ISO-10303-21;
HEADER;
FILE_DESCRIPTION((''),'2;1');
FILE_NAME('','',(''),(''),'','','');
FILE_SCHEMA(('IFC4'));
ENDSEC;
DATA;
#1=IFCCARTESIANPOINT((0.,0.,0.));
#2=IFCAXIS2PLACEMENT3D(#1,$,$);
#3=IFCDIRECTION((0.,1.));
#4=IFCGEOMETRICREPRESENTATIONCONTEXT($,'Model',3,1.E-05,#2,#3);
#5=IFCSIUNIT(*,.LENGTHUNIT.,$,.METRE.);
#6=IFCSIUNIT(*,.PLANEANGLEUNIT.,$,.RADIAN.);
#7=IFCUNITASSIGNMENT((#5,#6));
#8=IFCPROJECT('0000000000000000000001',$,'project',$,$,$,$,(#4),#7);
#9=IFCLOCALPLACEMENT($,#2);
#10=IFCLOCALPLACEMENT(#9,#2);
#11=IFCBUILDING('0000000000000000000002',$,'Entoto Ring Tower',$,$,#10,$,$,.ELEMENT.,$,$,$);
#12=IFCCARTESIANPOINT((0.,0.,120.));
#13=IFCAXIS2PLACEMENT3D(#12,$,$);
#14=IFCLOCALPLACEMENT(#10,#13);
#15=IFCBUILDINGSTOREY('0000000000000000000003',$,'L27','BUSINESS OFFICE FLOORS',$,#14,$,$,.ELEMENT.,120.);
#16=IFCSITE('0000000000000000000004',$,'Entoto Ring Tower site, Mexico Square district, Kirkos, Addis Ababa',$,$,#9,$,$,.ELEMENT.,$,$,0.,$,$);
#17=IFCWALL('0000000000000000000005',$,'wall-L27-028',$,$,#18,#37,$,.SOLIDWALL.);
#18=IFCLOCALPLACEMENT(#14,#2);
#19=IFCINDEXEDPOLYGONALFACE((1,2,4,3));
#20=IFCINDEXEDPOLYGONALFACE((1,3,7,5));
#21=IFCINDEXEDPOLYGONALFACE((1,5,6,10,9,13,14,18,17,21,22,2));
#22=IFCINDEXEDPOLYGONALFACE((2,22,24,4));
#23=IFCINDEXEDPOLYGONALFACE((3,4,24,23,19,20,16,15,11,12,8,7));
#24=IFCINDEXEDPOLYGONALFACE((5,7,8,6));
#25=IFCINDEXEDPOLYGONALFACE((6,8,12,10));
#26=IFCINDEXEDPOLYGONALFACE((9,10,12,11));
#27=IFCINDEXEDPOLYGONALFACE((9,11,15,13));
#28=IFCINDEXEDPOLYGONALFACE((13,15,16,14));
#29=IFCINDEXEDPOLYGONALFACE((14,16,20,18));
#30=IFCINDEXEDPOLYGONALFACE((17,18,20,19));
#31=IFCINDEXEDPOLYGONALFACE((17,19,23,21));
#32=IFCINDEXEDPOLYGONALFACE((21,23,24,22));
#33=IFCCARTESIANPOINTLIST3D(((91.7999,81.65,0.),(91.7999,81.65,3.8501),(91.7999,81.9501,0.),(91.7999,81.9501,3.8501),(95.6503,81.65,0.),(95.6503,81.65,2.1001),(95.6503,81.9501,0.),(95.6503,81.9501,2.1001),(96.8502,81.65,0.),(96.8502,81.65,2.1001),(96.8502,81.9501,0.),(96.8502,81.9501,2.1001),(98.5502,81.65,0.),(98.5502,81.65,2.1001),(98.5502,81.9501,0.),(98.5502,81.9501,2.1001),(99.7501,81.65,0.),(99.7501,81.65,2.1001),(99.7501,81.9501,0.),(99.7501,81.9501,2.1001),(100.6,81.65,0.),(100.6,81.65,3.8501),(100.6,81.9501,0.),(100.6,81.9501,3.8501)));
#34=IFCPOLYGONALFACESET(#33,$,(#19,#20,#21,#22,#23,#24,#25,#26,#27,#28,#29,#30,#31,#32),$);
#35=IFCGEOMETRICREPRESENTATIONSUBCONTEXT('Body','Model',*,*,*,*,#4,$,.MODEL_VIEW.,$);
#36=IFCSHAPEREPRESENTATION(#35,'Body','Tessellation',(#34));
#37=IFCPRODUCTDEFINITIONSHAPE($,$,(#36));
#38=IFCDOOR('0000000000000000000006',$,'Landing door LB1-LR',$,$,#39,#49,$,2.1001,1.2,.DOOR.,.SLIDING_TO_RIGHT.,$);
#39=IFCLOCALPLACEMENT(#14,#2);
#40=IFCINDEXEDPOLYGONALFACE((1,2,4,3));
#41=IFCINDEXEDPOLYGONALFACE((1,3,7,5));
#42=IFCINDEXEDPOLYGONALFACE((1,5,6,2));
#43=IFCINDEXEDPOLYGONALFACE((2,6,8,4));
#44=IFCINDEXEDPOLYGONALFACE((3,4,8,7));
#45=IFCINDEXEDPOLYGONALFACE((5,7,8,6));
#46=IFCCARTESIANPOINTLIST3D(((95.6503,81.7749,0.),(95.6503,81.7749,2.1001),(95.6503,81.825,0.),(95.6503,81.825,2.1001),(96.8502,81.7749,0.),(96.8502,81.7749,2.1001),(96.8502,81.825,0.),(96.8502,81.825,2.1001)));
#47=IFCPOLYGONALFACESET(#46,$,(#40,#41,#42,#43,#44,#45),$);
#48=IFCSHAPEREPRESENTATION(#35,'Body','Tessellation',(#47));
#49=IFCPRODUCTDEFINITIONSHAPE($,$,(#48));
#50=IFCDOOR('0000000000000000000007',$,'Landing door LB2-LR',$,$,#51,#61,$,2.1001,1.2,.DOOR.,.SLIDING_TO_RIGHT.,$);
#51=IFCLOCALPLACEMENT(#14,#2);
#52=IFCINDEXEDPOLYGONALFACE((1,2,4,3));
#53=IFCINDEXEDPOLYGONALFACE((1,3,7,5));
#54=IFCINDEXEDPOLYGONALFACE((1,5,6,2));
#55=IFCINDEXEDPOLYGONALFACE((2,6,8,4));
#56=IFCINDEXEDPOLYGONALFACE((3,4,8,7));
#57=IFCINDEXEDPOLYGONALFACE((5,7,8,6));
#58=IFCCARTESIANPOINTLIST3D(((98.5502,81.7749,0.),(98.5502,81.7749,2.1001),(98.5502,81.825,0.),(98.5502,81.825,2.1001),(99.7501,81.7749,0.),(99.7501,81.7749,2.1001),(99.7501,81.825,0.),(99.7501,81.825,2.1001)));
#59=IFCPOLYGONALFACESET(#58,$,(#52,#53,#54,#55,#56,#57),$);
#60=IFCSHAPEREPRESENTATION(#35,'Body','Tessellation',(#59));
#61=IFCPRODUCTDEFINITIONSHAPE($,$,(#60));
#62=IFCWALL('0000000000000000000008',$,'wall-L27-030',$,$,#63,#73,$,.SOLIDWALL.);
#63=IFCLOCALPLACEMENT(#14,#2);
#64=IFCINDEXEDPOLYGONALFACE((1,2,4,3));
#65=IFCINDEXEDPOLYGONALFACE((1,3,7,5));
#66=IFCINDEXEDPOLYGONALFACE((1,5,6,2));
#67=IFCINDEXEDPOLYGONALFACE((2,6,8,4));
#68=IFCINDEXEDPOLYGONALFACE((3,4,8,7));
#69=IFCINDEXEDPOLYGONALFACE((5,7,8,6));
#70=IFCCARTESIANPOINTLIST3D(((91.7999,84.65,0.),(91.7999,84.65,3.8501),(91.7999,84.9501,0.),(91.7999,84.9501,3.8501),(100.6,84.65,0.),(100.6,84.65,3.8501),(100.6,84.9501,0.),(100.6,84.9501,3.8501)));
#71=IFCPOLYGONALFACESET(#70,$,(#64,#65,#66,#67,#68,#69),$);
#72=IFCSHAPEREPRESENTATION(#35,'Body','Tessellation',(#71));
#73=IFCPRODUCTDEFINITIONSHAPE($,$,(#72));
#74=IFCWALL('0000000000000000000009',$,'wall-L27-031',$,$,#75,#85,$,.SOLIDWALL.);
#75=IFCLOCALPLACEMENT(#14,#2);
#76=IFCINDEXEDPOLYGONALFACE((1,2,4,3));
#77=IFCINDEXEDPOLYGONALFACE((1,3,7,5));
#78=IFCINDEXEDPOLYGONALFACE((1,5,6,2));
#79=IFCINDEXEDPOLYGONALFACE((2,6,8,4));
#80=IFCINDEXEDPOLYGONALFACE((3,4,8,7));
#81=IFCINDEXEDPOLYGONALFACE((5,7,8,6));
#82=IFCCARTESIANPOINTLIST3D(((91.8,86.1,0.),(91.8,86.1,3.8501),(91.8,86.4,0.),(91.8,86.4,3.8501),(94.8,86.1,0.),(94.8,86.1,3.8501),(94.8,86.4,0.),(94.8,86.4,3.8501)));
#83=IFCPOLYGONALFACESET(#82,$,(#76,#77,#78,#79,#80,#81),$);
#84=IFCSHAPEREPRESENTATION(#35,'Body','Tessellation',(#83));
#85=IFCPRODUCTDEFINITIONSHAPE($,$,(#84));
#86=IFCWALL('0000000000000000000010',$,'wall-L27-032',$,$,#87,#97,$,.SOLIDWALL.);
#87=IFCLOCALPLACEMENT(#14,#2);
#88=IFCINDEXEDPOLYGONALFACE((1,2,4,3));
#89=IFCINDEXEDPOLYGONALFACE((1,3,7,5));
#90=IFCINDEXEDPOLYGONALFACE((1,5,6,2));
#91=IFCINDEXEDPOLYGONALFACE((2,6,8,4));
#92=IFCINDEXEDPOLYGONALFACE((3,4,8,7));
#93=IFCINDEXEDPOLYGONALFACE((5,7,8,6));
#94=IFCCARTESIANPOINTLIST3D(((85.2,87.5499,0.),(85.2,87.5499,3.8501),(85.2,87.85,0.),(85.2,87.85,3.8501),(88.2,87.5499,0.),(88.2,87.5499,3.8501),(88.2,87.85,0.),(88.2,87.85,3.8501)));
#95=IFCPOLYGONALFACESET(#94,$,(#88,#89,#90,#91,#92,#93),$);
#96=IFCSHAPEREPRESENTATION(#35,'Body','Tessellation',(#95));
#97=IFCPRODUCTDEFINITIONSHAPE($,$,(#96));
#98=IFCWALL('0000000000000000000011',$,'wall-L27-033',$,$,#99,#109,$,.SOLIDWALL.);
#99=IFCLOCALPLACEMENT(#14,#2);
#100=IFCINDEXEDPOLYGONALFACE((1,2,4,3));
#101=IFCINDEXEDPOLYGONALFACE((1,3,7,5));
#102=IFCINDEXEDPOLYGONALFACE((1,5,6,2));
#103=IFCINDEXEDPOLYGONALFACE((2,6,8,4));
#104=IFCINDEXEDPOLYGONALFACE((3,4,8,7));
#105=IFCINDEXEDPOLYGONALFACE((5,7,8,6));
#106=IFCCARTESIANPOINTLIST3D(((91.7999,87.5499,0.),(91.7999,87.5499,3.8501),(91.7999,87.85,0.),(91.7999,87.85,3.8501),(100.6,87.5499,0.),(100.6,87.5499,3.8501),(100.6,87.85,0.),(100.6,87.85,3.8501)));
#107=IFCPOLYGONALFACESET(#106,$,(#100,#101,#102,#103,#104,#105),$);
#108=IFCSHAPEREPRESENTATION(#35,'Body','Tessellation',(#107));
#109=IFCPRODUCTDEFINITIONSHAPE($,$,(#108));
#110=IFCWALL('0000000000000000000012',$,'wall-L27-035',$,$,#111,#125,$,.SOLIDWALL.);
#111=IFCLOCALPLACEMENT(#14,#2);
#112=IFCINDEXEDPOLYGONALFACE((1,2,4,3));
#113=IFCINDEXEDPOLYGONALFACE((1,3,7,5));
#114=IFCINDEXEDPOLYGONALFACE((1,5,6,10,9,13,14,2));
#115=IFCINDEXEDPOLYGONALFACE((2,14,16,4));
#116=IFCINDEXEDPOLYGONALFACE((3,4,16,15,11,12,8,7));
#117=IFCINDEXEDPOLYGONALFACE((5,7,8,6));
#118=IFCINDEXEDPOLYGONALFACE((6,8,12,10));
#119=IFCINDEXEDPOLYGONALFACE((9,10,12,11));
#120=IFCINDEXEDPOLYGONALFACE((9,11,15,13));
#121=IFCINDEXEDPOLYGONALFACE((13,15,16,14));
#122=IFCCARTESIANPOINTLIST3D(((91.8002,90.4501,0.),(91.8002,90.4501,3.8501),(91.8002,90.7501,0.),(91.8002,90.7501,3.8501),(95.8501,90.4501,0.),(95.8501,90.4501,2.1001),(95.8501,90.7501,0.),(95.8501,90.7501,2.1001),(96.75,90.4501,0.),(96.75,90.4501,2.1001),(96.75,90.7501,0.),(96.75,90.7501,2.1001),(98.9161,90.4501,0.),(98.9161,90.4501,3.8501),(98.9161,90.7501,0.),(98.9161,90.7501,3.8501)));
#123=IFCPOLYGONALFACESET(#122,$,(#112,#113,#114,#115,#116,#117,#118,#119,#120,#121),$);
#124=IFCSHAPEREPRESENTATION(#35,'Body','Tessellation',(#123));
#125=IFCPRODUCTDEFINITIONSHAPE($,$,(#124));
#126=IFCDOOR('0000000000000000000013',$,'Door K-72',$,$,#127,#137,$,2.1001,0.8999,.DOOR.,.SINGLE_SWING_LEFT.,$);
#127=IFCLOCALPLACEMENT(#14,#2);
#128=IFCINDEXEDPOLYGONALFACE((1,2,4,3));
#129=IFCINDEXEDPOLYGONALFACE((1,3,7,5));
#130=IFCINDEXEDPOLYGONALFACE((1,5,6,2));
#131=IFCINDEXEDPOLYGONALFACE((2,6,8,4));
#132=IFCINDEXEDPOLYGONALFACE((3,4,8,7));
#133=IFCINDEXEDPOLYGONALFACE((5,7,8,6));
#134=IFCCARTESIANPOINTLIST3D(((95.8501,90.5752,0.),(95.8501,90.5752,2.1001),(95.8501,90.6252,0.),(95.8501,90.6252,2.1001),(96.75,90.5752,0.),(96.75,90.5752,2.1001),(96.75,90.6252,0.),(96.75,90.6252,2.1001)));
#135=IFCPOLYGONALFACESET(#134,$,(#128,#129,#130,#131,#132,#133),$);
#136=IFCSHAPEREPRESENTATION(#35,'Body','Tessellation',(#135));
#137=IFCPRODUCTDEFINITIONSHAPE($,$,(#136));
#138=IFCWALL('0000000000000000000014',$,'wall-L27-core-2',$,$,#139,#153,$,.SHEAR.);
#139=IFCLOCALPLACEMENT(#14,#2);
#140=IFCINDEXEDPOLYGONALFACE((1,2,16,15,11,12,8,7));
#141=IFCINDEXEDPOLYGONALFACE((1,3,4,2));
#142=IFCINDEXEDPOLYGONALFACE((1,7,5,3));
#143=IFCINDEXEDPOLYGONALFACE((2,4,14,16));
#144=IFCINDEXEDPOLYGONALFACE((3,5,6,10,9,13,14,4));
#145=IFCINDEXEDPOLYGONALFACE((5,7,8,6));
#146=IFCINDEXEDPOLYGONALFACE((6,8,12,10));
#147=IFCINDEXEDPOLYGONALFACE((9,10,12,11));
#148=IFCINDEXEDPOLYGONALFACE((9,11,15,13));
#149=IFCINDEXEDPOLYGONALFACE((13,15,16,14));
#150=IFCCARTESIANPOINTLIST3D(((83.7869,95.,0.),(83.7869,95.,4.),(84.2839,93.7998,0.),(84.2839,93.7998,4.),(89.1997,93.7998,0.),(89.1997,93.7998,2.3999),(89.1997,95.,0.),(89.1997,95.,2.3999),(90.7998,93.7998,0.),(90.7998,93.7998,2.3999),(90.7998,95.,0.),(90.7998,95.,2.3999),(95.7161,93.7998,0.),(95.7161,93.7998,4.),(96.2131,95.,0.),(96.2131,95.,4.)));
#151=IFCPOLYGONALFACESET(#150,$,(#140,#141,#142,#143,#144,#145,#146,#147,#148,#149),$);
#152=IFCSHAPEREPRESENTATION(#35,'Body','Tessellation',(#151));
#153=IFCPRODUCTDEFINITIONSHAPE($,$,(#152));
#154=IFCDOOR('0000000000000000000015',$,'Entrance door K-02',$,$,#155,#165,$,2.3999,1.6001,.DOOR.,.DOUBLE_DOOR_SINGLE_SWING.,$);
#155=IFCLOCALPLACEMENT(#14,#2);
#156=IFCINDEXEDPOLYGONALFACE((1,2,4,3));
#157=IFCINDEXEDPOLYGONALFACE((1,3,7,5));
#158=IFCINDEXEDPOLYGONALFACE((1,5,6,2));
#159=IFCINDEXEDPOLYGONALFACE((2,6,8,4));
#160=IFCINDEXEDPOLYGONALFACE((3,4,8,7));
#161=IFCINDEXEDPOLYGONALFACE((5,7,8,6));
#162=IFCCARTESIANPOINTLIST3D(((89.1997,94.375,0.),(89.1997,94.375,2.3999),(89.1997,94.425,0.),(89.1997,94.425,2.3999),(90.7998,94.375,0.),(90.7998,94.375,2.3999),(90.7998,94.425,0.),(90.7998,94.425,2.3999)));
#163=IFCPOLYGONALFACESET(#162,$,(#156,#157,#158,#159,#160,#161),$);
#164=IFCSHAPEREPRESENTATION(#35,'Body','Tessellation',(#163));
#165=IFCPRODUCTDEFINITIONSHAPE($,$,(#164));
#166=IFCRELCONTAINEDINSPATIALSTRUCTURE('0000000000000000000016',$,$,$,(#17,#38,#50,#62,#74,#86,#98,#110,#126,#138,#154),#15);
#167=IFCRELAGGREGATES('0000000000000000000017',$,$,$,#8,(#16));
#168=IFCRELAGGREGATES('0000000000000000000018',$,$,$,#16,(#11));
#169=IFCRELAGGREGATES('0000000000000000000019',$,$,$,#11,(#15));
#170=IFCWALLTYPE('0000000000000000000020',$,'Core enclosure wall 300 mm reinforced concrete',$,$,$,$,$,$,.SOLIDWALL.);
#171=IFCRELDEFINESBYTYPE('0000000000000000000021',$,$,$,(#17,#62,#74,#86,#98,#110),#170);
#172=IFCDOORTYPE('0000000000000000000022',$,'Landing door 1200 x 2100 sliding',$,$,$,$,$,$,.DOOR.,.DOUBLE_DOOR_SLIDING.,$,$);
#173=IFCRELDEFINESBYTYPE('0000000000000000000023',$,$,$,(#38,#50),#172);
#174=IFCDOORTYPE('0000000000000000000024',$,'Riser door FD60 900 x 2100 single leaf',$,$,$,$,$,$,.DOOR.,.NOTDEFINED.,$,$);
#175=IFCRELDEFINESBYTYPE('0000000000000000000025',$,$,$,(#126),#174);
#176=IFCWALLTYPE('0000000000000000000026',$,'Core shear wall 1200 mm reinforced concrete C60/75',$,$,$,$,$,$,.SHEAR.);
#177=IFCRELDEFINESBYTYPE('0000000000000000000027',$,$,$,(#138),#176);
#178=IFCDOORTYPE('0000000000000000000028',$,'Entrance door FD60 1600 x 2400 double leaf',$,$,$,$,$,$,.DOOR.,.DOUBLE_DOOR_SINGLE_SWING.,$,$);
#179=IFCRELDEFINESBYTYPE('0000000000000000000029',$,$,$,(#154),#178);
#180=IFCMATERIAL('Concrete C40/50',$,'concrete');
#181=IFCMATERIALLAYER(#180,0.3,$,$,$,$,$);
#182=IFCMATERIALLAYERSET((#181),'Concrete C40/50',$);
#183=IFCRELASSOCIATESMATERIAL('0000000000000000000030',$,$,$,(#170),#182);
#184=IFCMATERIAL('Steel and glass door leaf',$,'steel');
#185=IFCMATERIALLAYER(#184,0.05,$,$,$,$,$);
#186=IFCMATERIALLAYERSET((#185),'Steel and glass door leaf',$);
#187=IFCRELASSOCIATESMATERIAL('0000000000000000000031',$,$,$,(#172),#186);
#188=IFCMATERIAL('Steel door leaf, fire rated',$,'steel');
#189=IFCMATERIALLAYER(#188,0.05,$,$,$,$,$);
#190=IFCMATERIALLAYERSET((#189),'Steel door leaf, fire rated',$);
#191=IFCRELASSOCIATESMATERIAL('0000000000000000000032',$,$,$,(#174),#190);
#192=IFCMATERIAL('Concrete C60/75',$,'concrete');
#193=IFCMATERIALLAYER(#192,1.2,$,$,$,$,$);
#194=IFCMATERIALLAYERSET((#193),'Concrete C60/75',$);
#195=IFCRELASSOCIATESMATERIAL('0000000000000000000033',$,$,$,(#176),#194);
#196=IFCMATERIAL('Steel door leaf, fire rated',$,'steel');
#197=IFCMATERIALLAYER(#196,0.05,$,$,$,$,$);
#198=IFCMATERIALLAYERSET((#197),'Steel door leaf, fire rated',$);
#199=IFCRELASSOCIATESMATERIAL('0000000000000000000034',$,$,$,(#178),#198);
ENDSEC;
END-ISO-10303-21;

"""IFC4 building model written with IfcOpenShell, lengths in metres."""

from ifc_helpers import new_model, si_unit, direction, frame, frame_2d, origin, place, context, subcontext, project, spatial, polyline, rectangle, outline, extrude, material, layer, layer_set, type_object, element, fill, save


model = new_model("IFC4")

# Units and contexts
model_context = context("Model", 3, precision=1e-05, world=origin(), true_north=direction((0.0, 1.0)))
body_context = subcontext(model_context, "Body", "Model", "MODEL_VIEW")
ifc_project = project(units=[si_unit("LENGTHUNIT", "METRE"), si_unit("PLANEANGLEUNIT", "RADIAN")], contexts=[model_context])

# Site, building, storey
site_placement = place(None, origin())
site = spatial("IfcSite", under=ifc_project, at=site_placement, Name="Entoto Ring Tower site, Mexico Square district, Kirkos, Addis Ababa", CompositionType="ELEMENT", RefElevation=0.0)
building_placement = place(site_placement, origin())
building = spatial("IfcBuilding", under=site, at=building_placement, Name="Entoto Ring Tower", CompositionType="ELEMENT")
storey_placement = place(building_placement, frame((0.0, 0.0, 120.0)))
storey = spatial("IfcBuildingStorey", under=building, at=storey_placement, Name="L27", Description="BUSINESS OFFICE FLOORS", CompositionType="ELEMENT", Elevation=120.0)

# Shared definitions
ifc_material_1 = material(Name="Concrete C40/50", Category="concrete")
ifc_layer_1 = layer(ifc_material_1, 0.3)
ifc_layer_set_1 = layer_set([ifc_layer_1], Name="Concrete C40/50")
wall_type_1 = type_object("IfcWallType", Name="Core enclosure wall 300 mm reinforced concrete", PredefinedType="SOLIDWALL", material=ifc_layer_set_1)

# Wall, openings, doors
wall_1_placement = place(storey_placement, frame((91.8, 81.8, 0.0), z_axis=(0.0, 0.0, 1.0), x_axis=(1.0, 0.0, 0.0)))
wall_1 = element("IfcWall", 1, at=wall_1_placement, inside=storey, type_object=wall_type_1, Name="wall-L27-028", PredefinedType="SOLIDWALL", context=body_context, shape_type="SweptSolid", body=[
    extrude(rectangle(XDim=8.8, YDim=0.3, at=frame_2d((4.3999, 0.0))), origin(), (0.0, 0.0, 1.0), 3.8501),
])
opening_1_placement = place(wall_1_placement, frame((3.8501, 0.0, 0.0)))
opening_1 = element("IfcOpeningElement", 2, at=opening_1_placement, cuts=wall_1, PredefinedType="OPENING", context=body_context, shape_type="SweptSolid", body=[
    extrude(rectangle(XDim=1.2, YDim=2.1001, at=frame_2d((0.6001, 1.05))), frame((0.0, 0.1602, 0.0), z_axis=(0.0, -1.0, 0.0), x_axis=(1.0, 0.0, 0.0)), (0.0, 0.0, 1.0), 0.3201),
])
opening_2_placement = place(wall_1_placement, frame((6.75, 0.0, 0.0)))
opening_2 = element("IfcOpeningElement", 3, at=opening_2_placement, cuts=wall_1, PredefinedType="OPENING", context=body_context, shape_type="SweptSolid", body=[
    extrude(rectangle(XDim=1.2, YDim=2.1001, at=frame_2d((0.6001, 1.05))), frame((0.0, 0.1602, 0.0), z_axis=(0.0, -1.0, 0.0), x_axis=(1.0, 0.0, 0.0)), (0.0, 0.0, 1.0), 0.3201),
])
ifc_material_2 = material(Name="Steel and glass door leaf", Category="steel")
ifc_layer_2 = layer(ifc_material_2, 0.05)
ifc_layer_set_2 = layer_set([ifc_layer_2], Name="Steel and glass door leaf")
door_type_1 = type_object("IfcDoorType", Name="Landing door 1200 x 2100 sliding", OperationType="DOUBLE_DOOR_SLIDING", PredefinedType="DOOR", material=ifc_layer_set_2)
door_1_placement = place(opening_1_placement, origin())
door_1 = element("IfcDoor", 4, at=door_1_placement, inside=storey, type_object=door_type_1, Name="Landing door LB1-LR", OperationType="SLIDING_TO_RIGHT", OverallHeight=2.1001, OverallWidth=1.2, PredefinedType="DOOR", context=body_context, shape_type="SweptSolid", body=[
    extrude(rectangle(XDim=1.2, YDim=2.1001, at=frame_2d((0.6001, 1.05))), frame((0.0, 0.0249, 0.0), z_axis=(0.0, -1.0, 0.0), x_axis=(1.0, 0.0, 0.0)), (0.0, 0.0, 1.0), 0.05),
])
fill(opening_1, door_1)
door_2_placement = place(opening_2_placement, origin())
door_2 = element("IfcDoor", 5, at=door_2_placement, inside=storey, type_object=door_type_1, Name="Landing door LB2-LR", OperationType="SLIDING_TO_RIGHT", OverallHeight=2.1001, OverallWidth=1.2, PredefinedType="DOOR", context=body_context, shape_type="SweptSolid", body=[
    extrude(rectangle(XDim=1.2, YDim=2.1001, at=frame_2d((0.6001, 1.05))), frame((0.0, 0.0249, 0.0), z_axis=(0.0, -1.0, 0.0), x_axis=(1.0, 0.0, 0.0)), (0.0, 0.0, 1.0), 0.05),
])
fill(opening_2, door_2)

# Walls
wall_2_placement = place(storey_placement, frame((91.8, 84.8, 0.0), z_axis=(0.0, 0.0, 1.0), x_axis=(1.0, 0.0, 0.0)))
element("IfcWall", 6, at=wall_2_placement, inside=storey, type_object=wall_type_1, Name="wall-L27-030", PredefinedType="SOLIDWALL", context=body_context, shape_type="SweptSolid", body=[
    extrude(rectangle(XDim=8.8, YDim=0.3, at=frame_2d((4.3999, 0.0))), origin(), (0.0, 0.0, 1.0), 3.8501),
])
for number, where, z_axis, x_axis, name in (
    (7, (91.8, 86.25, 0.0), (0.0, 0.0, 1.0), (1.0, 0.0, 0.0), "wall-L27-031"),
    (8, (85.2, 87.7, 0.0), (0.0, 0.0, 1.0), (1.0, 0.0, 0.0), "wall-L27-032"),
):
    element("IfcWall", number, at=place(storey_placement, frame(where, z_axis=z_axis, x_axis=x_axis)), inside=storey, type_object=wall_type_1, Name=name, PredefinedType="SOLIDWALL", context=body_context, shape_type="SweptSolid", body=[
        extrude(rectangle(XDim=3.0, YDim=0.3, at=frame_2d((1.5, 0.0))), origin(), (0.0, 0.0, 1.0), 3.8501),
    ])
wall_3_placement = place(storey_placement, frame((91.8, 87.7, 0.0), z_axis=(0.0, 0.0, 1.0), x_axis=(1.0, 0.0, 0.0)))
element("IfcWall", 9, at=wall_3_placement, inside=storey, type_object=wall_type_1, Name="wall-L27-033", PredefinedType="SOLIDWALL", context=body_context, shape_type="SweptSolid", body=[
    extrude(rectangle(XDim=8.8, YDim=0.3, at=frame_2d((4.3999, 0.0))), origin(), (0.0, 0.0, 1.0), 3.8501),
])

# Walls, openings, doors
wall_4_placement = place(storey_placement, frame((91.8, 90.6001, 0.0), z_axis=(0.0, 0.0, 1.0), x_axis=(1.0, 0.0, 0.0)))
wall_4 = element("IfcWall", 10, at=wall_4_placement, inside=storey, type_object=wall_type_1, Name="wall-L27-035", PredefinedType="SOLIDWALL", context=body_context, shape_type="SweptSolid", body=[
    extrude(rectangle(XDim=7.116, YDim=0.3, at=frame_2d((3.5581, 0.0))), origin(), (0.0, 0.0, 1.0), 3.8501),
])
opening_3_placement = place(wall_4_placement, frame((4.05, 0.0, 0.0)))
opening_3 = element("IfcOpeningElement", 11, at=opening_3_placement, cuts=wall_4, PredefinedType="OPENING", context=body_context, shape_type="SweptSolid", body=[
    extrude(rectangle(XDim=0.8999, YDim=2.1001, at=frame_2d((0.45, 1.05))), frame((0.0, 0.1602, 0.0), z_axis=(0.0, -1.0, 0.0), x_axis=(1.0, 0.0, 0.0)), (0.0, 0.0, 1.0), 0.3201),
])
ifc_material_3 = material(Name="Steel door leaf, fire rated", Category="steel")
ifc_layer_3 = layer(ifc_material_3, 0.05)
ifc_layer_set_3 = layer_set([ifc_layer_3], Name="Steel door leaf, fire rated")
door_type_2 = type_object("IfcDoorType", Name="Riser door FD60 900 x 2100 single leaf", OperationType="NOTDEFINED", PredefinedType="DOOR", material=ifc_layer_set_3)
door_3_placement = place(opening_3_placement, frame((0.8999, 0.0, 0.0), z_axis=(0.0, 0.0, 1.0), x_axis=(-1.0, 0.0, 0.0)))
door_3 = element("IfcDoor", 12, at=door_3_placement, inside=storey, type_object=door_type_2, Name="Door K-72", OperationType="SINGLE_SWING_LEFT", OverallHeight=2.1001, OverallWidth=0.8999, PredefinedType="DOOR", context=body_context, shape_type="SweptSolid", body=[
    extrude(rectangle(XDim=0.8999, YDim=2.1001, at=frame_2d((0.45, 1.05))), frame((0.0, 0.0249, 0.0), z_axis=(0.0, -1.0, 0.0), x_axis=(1.0, 0.0, 0.0)), (0.0, 0.0, 1.0), 0.05),
])
fill(opening_3, door_3)
ifc_material_4 = material(Name="Concrete C60/75", Category="concrete")
ifc_layer_4 = layer(ifc_material_4, 1.2)
ifc_layer_set_4 = layer_set([ifc_layer_4], Name="Concrete C60/75")
wall_type_2 = type_object("IfcWallType", Name="Core shear wall 1200 mm reinforced concrete C60/75", PredefinedType="SHEAR", material=ifc_layer_set_4)
wall_5_placement = place(storey_placement, frame((95.9646, 94.3999, 0.0), z_axis=(0.0, 0.0, 1.0), x_axis=(-1.0, 0.0, 0.0)))
wall_5 = element("IfcWall", 13, at=wall_5_placement, inside=storey, type_object=wall_type_2, Name="wall-L27-core-2", PredefinedType="SHEAR", context=body_context, shape_type="SweptSolid", body=[
    extrude(outline(polyline([(-0.2485, -0.6001), (12.1777, -0.6001), (11.6807, 0.6001), (0.2485, 0.6001), (-0.2485, -0.6001)])), origin(), (0.0, 0.0, 1.0), 4.0),
])
opening_4_placement = place(wall_5_placement, frame((5.1648, 0.0, 0.0)))
opening_4 = element("IfcOpeningElement", 14, at=opening_4_placement, cuts=wall_5, PredefinedType="OPENING", context=body_context, shape_type="SweptSolid", body=[
    extrude(rectangle(XDim=1.6001, YDim=2.3999, at=frame_2d((0.8, 1.2))), frame((0.0, 0.6099, 0.0), z_axis=(0.0, -1.0, 0.0), x_axis=(1.0, 0.0, 0.0)), (0.0, 0.0, 1.0), 1.22),
])
ifc_material_5 = material(Name="Steel door leaf, fire rated", Category="steel")
ifc_layer_5 = layer(ifc_material_5, 0.05)
ifc_layer_set_5 = layer_set([ifc_layer_5], Name="Steel door leaf, fire rated")
door_type_3 = type_object("IfcDoorType", Name="Entrance door FD60 1600 x 2400 double leaf", OperationType="DOUBLE_DOOR_SINGLE_SWING", PredefinedType="DOOR", material=ifc_layer_set_5)
door_4_placement = place(opening_4_placement, origin())
door_4 = element("IfcDoor", 15, at=door_4_placement, inside=storey, type_object=door_type_3, Name="Entrance door K-02", OperationType="DOUBLE_DOOR_SINGLE_SWING", OverallHeight=2.3999, OverallWidth=1.6001, PredefinedType="DOOR", context=body_context, shape_type="SweptSolid", body=[
    extrude(rectangle(XDim=1.6001, YDim=2.3999, at=frame_2d((0.8, 1.2))), frame((0.0, 0.0249, 0.0), z_axis=(0.0, -1.0, 0.0), x_axis=(1.0, 0.0, 0.0)), (0.0, 0.0, 1.0), 0.05),
])
fill(opening_4, door_4)

save(model, "model.ifc")
